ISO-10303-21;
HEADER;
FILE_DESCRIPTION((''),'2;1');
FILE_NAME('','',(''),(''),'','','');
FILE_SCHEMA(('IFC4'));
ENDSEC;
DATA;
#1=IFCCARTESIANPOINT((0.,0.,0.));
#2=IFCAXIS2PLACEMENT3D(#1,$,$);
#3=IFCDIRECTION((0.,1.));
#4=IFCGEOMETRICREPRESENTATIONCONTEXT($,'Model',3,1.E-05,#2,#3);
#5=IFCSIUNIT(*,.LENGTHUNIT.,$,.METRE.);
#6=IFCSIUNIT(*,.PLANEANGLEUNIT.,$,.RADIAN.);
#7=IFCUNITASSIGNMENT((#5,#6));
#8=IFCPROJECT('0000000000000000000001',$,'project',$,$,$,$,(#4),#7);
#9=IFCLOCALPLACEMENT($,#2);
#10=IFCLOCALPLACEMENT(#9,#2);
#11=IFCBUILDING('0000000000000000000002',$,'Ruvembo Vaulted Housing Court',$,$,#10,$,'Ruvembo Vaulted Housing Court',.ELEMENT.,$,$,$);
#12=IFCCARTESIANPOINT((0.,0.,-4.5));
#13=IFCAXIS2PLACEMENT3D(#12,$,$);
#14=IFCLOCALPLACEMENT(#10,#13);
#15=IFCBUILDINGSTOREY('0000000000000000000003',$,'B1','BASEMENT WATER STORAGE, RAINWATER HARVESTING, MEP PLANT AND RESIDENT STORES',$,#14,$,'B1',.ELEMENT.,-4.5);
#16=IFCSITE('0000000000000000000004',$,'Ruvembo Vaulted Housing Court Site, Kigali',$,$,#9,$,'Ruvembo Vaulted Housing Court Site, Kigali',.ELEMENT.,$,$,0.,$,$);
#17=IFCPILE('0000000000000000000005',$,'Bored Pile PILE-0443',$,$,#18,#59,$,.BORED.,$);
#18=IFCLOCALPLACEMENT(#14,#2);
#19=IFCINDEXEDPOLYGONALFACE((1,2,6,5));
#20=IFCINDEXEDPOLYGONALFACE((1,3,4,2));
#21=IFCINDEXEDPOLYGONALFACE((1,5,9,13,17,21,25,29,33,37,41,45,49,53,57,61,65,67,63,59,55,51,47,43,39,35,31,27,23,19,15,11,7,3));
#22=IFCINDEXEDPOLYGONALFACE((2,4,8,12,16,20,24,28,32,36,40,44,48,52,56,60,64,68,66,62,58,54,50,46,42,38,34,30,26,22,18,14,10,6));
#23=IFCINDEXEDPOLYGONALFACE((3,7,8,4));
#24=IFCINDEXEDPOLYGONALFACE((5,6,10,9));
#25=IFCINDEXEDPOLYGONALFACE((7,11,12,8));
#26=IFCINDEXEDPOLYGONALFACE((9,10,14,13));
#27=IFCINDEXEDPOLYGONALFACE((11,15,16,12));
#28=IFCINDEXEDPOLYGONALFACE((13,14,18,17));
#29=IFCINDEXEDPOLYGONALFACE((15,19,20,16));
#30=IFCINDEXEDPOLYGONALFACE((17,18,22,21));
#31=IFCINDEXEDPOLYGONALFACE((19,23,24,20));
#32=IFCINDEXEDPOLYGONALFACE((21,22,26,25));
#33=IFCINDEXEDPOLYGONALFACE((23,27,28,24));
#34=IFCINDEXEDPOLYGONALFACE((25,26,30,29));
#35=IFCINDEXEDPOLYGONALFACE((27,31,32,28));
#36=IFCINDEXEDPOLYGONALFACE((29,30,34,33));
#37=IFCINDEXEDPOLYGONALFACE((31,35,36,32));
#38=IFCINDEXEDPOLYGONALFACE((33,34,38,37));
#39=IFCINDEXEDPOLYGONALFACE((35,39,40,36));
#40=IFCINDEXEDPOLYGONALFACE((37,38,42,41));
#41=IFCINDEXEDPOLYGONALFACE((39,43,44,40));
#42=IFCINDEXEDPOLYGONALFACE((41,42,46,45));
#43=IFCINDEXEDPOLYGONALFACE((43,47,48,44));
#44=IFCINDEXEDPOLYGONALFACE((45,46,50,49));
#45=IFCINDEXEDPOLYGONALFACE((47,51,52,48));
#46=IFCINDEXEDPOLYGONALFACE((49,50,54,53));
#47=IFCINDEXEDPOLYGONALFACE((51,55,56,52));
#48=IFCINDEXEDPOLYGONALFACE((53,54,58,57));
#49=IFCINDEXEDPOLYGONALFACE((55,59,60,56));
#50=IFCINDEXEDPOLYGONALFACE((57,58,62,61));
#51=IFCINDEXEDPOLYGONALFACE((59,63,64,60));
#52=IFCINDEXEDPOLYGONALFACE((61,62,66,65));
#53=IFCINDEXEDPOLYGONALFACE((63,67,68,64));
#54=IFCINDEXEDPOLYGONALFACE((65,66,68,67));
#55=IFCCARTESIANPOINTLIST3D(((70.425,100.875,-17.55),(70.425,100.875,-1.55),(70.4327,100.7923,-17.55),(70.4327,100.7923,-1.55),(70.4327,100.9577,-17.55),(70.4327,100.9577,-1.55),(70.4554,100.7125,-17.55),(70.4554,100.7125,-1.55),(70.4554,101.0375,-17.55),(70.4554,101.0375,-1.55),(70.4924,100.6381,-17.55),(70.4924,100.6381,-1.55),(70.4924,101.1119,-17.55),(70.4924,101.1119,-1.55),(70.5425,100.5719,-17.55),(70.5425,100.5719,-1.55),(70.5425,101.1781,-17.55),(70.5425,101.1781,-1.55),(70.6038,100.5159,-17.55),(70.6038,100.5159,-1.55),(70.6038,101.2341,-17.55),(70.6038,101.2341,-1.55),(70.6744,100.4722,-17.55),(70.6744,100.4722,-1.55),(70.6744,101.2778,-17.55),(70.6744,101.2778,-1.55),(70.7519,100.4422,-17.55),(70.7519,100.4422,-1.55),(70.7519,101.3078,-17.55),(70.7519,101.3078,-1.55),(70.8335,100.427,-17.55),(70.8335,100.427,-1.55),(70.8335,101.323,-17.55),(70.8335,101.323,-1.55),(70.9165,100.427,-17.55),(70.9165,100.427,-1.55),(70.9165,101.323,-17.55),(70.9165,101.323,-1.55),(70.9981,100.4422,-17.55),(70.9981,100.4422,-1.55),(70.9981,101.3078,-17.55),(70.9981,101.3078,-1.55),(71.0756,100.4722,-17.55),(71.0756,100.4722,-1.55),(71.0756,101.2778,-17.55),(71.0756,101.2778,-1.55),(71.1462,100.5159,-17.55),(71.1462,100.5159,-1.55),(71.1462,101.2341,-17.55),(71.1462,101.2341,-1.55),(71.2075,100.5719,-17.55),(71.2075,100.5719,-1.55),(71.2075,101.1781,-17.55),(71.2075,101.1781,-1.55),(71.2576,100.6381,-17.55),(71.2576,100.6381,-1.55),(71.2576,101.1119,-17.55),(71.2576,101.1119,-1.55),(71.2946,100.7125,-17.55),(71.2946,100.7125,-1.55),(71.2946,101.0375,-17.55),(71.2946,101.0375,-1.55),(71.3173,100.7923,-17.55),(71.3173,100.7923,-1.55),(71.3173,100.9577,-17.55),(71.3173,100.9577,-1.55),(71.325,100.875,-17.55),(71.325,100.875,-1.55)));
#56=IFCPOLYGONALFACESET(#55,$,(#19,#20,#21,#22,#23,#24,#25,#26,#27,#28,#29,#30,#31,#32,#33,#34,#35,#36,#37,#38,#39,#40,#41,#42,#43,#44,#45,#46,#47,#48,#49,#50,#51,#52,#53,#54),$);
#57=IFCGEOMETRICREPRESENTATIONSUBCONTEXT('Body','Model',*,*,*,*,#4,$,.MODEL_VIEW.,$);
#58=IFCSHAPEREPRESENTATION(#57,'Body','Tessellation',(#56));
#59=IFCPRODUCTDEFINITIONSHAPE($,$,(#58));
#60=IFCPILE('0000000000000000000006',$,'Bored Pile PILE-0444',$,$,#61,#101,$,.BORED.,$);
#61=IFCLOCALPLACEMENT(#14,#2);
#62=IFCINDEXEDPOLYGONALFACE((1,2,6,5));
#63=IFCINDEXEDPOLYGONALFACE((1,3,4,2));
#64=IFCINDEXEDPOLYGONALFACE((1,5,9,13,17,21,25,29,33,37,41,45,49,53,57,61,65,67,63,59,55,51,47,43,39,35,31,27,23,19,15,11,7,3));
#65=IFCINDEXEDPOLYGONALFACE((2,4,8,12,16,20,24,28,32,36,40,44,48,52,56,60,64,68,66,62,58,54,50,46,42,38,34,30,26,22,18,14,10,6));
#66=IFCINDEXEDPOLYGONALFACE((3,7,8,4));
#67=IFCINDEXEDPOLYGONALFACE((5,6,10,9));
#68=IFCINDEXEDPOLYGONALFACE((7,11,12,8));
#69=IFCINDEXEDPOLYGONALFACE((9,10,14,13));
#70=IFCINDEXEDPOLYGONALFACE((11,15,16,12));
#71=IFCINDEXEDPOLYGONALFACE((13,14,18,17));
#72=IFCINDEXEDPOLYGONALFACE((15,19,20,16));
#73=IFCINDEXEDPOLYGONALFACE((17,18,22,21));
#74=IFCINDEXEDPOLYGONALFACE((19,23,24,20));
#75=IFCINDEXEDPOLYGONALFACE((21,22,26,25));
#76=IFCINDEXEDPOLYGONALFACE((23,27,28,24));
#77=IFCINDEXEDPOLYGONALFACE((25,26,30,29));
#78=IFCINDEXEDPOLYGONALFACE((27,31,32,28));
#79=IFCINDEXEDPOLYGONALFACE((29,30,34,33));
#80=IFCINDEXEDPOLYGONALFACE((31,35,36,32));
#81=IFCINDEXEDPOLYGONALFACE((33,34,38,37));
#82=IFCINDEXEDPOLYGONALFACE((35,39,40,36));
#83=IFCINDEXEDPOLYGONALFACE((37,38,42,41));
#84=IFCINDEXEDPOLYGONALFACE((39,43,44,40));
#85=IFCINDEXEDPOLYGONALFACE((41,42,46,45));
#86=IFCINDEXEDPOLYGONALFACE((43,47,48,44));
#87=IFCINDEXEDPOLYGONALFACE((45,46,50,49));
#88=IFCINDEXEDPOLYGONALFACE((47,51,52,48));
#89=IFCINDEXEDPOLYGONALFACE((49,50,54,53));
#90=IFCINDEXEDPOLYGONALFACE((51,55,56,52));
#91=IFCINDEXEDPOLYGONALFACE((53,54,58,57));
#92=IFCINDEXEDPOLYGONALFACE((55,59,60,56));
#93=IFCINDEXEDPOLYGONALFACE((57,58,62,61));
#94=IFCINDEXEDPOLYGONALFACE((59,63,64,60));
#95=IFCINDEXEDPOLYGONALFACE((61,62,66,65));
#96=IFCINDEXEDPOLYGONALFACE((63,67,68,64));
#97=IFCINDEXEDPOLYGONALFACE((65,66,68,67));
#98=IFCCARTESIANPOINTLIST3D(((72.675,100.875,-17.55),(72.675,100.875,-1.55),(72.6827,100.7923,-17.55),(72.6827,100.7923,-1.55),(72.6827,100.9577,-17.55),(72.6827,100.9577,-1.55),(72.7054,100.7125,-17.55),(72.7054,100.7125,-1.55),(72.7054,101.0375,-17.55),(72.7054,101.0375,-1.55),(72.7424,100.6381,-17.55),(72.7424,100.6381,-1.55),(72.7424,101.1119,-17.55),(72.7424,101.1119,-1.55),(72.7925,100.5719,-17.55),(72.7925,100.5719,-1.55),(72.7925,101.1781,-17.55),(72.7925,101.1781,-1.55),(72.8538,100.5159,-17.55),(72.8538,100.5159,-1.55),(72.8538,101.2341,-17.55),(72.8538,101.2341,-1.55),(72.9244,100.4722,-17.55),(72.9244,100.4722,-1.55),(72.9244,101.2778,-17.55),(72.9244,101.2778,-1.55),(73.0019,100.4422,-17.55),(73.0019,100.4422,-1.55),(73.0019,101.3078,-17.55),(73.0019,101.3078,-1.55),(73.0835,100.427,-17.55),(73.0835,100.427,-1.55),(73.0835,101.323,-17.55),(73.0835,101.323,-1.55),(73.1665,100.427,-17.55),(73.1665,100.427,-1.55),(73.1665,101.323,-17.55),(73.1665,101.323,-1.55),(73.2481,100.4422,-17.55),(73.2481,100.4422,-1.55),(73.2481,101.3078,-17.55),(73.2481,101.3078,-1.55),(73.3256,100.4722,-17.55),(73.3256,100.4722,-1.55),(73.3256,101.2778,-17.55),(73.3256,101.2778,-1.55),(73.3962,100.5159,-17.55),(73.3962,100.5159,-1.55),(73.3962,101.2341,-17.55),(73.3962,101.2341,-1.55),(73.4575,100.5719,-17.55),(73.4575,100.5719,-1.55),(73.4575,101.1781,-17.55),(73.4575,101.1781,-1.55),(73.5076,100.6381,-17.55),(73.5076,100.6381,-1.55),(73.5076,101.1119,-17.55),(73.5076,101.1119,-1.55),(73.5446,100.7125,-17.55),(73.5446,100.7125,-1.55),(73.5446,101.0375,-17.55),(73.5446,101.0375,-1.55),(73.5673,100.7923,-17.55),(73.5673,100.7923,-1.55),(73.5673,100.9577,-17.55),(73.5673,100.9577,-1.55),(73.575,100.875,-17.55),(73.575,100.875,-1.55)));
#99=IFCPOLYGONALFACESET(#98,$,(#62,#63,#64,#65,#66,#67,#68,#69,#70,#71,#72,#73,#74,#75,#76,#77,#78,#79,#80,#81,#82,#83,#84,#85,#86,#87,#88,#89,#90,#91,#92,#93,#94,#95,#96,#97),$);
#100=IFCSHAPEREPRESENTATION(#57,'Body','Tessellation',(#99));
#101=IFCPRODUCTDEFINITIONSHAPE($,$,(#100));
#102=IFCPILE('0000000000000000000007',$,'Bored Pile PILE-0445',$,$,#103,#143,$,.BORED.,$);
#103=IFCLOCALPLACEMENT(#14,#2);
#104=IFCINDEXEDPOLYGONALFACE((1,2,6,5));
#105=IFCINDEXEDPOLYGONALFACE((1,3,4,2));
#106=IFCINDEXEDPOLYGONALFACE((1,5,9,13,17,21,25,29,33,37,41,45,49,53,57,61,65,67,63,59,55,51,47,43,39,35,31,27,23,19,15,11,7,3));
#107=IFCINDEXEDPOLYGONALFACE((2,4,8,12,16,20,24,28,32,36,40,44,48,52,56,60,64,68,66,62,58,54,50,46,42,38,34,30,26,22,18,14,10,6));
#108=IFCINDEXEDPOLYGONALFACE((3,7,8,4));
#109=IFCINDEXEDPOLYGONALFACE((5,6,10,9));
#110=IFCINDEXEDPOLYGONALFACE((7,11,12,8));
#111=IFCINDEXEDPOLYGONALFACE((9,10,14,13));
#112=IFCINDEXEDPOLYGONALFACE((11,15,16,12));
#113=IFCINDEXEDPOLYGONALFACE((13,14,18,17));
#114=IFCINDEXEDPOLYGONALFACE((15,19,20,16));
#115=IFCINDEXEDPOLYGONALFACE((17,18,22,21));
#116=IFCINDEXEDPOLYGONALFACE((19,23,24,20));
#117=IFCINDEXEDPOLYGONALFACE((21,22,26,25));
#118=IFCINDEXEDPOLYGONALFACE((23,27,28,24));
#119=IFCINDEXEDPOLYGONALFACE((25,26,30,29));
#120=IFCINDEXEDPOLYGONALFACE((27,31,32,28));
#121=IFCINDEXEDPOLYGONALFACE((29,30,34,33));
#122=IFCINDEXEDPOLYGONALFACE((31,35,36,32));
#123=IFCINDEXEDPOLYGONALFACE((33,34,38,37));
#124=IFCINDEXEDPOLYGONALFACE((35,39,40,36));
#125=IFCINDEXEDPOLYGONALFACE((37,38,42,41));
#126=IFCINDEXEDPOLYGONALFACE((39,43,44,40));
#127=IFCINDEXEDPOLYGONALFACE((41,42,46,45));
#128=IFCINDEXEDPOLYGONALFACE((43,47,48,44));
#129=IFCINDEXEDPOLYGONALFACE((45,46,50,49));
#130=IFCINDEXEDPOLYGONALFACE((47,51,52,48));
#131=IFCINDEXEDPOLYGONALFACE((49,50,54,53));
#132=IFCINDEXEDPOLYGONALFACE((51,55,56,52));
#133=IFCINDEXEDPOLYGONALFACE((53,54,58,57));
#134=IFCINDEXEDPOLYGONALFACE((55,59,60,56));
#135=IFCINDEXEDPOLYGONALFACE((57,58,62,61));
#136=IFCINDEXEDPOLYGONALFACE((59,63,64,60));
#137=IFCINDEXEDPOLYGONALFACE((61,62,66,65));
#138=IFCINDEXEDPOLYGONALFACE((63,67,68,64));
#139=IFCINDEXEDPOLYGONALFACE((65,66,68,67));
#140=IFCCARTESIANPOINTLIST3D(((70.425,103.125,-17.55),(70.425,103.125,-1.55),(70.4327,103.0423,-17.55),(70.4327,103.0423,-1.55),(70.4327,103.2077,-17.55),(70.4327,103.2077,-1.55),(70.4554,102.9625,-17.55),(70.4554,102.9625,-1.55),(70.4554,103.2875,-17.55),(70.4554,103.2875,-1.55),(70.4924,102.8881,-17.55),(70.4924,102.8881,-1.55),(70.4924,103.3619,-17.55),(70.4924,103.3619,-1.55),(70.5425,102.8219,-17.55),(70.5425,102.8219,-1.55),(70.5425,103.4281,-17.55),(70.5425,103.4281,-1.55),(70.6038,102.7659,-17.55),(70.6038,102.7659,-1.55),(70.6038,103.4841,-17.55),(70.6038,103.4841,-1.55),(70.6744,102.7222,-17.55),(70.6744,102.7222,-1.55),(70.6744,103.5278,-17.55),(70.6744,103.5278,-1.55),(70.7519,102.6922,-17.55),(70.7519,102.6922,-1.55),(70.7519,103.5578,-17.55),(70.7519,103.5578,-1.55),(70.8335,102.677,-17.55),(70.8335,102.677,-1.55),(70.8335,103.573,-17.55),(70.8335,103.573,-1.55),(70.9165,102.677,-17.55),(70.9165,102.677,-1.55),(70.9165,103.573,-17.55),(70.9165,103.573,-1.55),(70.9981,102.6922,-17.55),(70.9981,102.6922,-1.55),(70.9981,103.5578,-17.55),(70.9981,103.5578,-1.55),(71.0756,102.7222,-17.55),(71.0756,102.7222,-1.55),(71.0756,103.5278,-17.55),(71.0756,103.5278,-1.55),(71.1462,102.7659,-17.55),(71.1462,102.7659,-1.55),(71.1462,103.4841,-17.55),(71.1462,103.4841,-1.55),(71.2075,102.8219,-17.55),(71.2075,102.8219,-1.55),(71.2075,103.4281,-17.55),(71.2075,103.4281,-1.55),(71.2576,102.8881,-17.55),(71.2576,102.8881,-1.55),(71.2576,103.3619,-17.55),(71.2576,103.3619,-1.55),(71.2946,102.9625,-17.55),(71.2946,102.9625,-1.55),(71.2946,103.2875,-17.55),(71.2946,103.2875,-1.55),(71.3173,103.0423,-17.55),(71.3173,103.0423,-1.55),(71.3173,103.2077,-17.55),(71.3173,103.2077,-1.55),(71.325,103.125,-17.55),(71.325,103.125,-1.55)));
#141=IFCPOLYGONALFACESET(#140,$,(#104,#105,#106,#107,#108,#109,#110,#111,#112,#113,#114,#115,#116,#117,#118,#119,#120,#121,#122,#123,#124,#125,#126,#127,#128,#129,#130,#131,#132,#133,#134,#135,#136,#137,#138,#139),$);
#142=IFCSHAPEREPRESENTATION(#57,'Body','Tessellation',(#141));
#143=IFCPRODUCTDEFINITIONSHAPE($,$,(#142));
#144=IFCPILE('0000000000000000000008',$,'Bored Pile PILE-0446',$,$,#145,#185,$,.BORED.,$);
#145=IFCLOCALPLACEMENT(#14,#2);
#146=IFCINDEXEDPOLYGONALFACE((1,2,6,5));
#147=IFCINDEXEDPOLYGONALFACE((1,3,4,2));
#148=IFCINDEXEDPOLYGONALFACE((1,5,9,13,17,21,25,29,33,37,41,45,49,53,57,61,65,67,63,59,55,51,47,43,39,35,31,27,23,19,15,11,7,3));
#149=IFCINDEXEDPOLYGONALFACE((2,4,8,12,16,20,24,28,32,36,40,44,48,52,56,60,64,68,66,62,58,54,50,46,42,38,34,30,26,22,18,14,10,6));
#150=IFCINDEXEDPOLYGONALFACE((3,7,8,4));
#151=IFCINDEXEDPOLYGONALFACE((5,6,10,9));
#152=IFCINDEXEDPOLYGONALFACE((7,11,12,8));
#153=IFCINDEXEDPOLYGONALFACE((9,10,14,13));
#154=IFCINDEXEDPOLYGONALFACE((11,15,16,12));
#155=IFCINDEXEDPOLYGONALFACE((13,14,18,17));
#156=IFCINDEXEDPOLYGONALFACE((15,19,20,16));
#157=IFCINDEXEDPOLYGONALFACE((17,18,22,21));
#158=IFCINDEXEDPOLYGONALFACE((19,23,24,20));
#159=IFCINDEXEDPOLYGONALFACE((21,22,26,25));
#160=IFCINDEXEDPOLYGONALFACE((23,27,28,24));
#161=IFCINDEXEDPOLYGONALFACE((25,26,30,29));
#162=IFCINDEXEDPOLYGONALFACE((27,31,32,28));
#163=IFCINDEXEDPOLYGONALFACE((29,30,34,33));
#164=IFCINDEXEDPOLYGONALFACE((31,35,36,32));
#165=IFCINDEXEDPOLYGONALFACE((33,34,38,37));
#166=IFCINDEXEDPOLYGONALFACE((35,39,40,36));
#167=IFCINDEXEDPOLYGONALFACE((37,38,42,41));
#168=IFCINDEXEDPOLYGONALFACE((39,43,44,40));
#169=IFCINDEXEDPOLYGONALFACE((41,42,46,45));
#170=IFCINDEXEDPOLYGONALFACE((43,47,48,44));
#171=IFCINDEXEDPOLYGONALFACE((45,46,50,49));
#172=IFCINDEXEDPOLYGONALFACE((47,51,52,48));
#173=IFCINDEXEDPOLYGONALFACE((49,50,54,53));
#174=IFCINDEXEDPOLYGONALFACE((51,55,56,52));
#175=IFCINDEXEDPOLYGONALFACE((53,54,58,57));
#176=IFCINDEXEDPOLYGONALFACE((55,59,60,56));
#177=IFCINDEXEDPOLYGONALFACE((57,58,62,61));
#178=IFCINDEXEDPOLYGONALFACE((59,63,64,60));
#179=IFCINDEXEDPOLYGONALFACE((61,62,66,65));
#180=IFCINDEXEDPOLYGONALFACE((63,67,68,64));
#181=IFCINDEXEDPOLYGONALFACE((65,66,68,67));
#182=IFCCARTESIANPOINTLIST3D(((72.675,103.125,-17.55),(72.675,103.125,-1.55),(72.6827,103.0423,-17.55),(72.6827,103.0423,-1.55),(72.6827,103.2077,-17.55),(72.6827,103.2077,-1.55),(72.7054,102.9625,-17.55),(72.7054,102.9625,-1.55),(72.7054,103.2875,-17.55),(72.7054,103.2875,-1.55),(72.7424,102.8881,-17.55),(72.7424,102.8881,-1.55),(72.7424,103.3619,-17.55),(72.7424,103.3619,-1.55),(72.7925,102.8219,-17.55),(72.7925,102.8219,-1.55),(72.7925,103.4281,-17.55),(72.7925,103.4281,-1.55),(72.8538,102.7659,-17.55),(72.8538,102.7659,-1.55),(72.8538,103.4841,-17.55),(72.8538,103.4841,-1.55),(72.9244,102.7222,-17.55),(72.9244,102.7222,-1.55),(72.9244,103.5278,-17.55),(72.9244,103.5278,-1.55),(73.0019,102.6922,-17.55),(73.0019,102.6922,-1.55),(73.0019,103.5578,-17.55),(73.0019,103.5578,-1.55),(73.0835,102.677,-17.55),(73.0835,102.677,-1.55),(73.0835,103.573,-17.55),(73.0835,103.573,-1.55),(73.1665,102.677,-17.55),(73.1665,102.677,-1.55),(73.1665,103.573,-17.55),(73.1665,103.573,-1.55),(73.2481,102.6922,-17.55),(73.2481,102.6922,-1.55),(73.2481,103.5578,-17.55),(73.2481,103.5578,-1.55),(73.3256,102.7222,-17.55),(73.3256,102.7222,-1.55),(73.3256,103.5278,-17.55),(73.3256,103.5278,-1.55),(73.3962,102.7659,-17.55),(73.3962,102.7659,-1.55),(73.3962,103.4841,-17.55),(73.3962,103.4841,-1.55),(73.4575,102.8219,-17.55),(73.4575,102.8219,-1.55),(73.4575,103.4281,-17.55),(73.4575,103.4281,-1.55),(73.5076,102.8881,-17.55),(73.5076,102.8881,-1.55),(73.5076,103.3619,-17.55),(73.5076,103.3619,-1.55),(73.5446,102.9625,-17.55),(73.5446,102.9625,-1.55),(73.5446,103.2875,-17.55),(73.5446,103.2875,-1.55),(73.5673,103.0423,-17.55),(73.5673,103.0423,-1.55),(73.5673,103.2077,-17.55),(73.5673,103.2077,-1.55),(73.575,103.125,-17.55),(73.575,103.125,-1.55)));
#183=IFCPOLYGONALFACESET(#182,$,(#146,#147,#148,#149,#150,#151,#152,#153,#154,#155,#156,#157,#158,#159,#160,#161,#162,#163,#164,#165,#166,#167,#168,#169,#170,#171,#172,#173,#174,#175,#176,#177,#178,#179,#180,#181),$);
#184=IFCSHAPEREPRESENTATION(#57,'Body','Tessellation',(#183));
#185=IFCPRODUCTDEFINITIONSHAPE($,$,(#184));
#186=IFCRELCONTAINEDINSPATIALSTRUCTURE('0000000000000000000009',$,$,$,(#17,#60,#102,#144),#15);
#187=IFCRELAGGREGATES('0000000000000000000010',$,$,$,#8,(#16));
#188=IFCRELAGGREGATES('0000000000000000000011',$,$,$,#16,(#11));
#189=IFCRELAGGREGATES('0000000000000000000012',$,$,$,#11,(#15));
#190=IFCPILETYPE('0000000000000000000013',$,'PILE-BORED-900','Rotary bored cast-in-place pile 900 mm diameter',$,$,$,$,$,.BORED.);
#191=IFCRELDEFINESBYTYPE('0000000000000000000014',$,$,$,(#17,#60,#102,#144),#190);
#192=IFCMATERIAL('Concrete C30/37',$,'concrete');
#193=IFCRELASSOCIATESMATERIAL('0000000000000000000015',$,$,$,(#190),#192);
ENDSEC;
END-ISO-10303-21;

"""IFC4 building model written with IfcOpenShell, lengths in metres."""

from ifc_helpers import new_model, si_unit, direction, frame, origin, origin_2d, place, context, subcontext, project, spatial, circle, extrude, material, material_profile, profile_set, type_object, element, save


model = new_model("IFC4")

# Units and contexts
model_context = context("Model", 3, precision=1e-05, world=origin(), true_north=direction((0.0, 1.0)))
body_context = subcontext(model_context, "Body", "Model", "MODEL_VIEW")
ifc_project = project(units=[si_unit("LENGTHUNIT", "METRE"), si_unit("PLANEANGLEUNIT", "RADIAN")], contexts=[model_context])

# Site, building, storey
site_placement = place(None, origin())
site = spatial("IfcSite", under=ifc_project, at=site_placement, Name="Ruvembo Vaulted Housing Court Site, Kigali", LongName="Ruvembo Vaulted Housing Court Site, Kigali", CompositionType="ELEMENT", RefElevation=0.0)
building_placement = place(site_placement, origin())
building = spatial("IfcBuilding", under=site, at=building_placement, Name="Ruvembo Vaulted Housing Court", LongName="Ruvembo Vaulted Housing Court", CompositionType="ELEMENT")
storey_placement = place(building_placement, frame((0.0, 0.0, -4.5)))
storey = spatial("IfcBuildingStorey", under=building, at=storey_placement, Name="B1", Description="BASEMENT WATER STORAGE, RAINWATER HARVESTING, MEP PLANT AND RESIDENT STORES", LongName="B1", CompositionType="ELEMENT", Elevation=-4.5)

# Piles
ifc_material_1 = material(Name="Concrete C30/37", Category="concrete")
ifc_material_profile_1 = material_profile(ifc_material_1, circle(Radius=0.45, at=origin_2d()), Name="PILE D900")
ifc_profile_set_1 = profile_set([ifc_material_profile_1], Name="Concrete C30/37")
pile_type = type_object("IfcPileType", Name="PILE-BORED-900", Description="Rotary bored cast-in-place pile 900 mm diameter", PredefinedType="BORED", material=ifc_profile_set_1)
for number, where, z_axis, x_axis, name in (
    (1, (70.875, 100.875, -1.55), (0.0, 0.0, -1.0), (1.0, 0.0, 0.0), "Bored Pile PILE-0443"),
    (2, (73.125, 100.875, -1.55), (0.0, 0.0, -1.0), (1.0, 0.0, 0.0), "Bored Pile PILE-0444"),
    (3, (70.875, 103.125, -1.55), (0.0, 0.0, -1.0), (1.0, 0.0, 0.0), "Bored Pile PILE-0445"),
    (4, (73.125, 103.125, -1.55), (0.0, 0.0, -1.0), (1.0, 0.0, 0.0), "Bored Pile PILE-0446"),
):
    element("IfcPile", number, at=place(storey_placement, frame(where, z_axis=z_axis, x_axis=x_axis)), inside=storey, type_object=pile_type, Name=name, PredefinedType="BORED", context=body_context, shape_type="SweptSolid", body=[
        extrude(circle(Radius=0.45, at=origin_2d()), origin(), (0.0, 0.0, 1.0), 16.0),
    ])

save(model, "model.ifc")
